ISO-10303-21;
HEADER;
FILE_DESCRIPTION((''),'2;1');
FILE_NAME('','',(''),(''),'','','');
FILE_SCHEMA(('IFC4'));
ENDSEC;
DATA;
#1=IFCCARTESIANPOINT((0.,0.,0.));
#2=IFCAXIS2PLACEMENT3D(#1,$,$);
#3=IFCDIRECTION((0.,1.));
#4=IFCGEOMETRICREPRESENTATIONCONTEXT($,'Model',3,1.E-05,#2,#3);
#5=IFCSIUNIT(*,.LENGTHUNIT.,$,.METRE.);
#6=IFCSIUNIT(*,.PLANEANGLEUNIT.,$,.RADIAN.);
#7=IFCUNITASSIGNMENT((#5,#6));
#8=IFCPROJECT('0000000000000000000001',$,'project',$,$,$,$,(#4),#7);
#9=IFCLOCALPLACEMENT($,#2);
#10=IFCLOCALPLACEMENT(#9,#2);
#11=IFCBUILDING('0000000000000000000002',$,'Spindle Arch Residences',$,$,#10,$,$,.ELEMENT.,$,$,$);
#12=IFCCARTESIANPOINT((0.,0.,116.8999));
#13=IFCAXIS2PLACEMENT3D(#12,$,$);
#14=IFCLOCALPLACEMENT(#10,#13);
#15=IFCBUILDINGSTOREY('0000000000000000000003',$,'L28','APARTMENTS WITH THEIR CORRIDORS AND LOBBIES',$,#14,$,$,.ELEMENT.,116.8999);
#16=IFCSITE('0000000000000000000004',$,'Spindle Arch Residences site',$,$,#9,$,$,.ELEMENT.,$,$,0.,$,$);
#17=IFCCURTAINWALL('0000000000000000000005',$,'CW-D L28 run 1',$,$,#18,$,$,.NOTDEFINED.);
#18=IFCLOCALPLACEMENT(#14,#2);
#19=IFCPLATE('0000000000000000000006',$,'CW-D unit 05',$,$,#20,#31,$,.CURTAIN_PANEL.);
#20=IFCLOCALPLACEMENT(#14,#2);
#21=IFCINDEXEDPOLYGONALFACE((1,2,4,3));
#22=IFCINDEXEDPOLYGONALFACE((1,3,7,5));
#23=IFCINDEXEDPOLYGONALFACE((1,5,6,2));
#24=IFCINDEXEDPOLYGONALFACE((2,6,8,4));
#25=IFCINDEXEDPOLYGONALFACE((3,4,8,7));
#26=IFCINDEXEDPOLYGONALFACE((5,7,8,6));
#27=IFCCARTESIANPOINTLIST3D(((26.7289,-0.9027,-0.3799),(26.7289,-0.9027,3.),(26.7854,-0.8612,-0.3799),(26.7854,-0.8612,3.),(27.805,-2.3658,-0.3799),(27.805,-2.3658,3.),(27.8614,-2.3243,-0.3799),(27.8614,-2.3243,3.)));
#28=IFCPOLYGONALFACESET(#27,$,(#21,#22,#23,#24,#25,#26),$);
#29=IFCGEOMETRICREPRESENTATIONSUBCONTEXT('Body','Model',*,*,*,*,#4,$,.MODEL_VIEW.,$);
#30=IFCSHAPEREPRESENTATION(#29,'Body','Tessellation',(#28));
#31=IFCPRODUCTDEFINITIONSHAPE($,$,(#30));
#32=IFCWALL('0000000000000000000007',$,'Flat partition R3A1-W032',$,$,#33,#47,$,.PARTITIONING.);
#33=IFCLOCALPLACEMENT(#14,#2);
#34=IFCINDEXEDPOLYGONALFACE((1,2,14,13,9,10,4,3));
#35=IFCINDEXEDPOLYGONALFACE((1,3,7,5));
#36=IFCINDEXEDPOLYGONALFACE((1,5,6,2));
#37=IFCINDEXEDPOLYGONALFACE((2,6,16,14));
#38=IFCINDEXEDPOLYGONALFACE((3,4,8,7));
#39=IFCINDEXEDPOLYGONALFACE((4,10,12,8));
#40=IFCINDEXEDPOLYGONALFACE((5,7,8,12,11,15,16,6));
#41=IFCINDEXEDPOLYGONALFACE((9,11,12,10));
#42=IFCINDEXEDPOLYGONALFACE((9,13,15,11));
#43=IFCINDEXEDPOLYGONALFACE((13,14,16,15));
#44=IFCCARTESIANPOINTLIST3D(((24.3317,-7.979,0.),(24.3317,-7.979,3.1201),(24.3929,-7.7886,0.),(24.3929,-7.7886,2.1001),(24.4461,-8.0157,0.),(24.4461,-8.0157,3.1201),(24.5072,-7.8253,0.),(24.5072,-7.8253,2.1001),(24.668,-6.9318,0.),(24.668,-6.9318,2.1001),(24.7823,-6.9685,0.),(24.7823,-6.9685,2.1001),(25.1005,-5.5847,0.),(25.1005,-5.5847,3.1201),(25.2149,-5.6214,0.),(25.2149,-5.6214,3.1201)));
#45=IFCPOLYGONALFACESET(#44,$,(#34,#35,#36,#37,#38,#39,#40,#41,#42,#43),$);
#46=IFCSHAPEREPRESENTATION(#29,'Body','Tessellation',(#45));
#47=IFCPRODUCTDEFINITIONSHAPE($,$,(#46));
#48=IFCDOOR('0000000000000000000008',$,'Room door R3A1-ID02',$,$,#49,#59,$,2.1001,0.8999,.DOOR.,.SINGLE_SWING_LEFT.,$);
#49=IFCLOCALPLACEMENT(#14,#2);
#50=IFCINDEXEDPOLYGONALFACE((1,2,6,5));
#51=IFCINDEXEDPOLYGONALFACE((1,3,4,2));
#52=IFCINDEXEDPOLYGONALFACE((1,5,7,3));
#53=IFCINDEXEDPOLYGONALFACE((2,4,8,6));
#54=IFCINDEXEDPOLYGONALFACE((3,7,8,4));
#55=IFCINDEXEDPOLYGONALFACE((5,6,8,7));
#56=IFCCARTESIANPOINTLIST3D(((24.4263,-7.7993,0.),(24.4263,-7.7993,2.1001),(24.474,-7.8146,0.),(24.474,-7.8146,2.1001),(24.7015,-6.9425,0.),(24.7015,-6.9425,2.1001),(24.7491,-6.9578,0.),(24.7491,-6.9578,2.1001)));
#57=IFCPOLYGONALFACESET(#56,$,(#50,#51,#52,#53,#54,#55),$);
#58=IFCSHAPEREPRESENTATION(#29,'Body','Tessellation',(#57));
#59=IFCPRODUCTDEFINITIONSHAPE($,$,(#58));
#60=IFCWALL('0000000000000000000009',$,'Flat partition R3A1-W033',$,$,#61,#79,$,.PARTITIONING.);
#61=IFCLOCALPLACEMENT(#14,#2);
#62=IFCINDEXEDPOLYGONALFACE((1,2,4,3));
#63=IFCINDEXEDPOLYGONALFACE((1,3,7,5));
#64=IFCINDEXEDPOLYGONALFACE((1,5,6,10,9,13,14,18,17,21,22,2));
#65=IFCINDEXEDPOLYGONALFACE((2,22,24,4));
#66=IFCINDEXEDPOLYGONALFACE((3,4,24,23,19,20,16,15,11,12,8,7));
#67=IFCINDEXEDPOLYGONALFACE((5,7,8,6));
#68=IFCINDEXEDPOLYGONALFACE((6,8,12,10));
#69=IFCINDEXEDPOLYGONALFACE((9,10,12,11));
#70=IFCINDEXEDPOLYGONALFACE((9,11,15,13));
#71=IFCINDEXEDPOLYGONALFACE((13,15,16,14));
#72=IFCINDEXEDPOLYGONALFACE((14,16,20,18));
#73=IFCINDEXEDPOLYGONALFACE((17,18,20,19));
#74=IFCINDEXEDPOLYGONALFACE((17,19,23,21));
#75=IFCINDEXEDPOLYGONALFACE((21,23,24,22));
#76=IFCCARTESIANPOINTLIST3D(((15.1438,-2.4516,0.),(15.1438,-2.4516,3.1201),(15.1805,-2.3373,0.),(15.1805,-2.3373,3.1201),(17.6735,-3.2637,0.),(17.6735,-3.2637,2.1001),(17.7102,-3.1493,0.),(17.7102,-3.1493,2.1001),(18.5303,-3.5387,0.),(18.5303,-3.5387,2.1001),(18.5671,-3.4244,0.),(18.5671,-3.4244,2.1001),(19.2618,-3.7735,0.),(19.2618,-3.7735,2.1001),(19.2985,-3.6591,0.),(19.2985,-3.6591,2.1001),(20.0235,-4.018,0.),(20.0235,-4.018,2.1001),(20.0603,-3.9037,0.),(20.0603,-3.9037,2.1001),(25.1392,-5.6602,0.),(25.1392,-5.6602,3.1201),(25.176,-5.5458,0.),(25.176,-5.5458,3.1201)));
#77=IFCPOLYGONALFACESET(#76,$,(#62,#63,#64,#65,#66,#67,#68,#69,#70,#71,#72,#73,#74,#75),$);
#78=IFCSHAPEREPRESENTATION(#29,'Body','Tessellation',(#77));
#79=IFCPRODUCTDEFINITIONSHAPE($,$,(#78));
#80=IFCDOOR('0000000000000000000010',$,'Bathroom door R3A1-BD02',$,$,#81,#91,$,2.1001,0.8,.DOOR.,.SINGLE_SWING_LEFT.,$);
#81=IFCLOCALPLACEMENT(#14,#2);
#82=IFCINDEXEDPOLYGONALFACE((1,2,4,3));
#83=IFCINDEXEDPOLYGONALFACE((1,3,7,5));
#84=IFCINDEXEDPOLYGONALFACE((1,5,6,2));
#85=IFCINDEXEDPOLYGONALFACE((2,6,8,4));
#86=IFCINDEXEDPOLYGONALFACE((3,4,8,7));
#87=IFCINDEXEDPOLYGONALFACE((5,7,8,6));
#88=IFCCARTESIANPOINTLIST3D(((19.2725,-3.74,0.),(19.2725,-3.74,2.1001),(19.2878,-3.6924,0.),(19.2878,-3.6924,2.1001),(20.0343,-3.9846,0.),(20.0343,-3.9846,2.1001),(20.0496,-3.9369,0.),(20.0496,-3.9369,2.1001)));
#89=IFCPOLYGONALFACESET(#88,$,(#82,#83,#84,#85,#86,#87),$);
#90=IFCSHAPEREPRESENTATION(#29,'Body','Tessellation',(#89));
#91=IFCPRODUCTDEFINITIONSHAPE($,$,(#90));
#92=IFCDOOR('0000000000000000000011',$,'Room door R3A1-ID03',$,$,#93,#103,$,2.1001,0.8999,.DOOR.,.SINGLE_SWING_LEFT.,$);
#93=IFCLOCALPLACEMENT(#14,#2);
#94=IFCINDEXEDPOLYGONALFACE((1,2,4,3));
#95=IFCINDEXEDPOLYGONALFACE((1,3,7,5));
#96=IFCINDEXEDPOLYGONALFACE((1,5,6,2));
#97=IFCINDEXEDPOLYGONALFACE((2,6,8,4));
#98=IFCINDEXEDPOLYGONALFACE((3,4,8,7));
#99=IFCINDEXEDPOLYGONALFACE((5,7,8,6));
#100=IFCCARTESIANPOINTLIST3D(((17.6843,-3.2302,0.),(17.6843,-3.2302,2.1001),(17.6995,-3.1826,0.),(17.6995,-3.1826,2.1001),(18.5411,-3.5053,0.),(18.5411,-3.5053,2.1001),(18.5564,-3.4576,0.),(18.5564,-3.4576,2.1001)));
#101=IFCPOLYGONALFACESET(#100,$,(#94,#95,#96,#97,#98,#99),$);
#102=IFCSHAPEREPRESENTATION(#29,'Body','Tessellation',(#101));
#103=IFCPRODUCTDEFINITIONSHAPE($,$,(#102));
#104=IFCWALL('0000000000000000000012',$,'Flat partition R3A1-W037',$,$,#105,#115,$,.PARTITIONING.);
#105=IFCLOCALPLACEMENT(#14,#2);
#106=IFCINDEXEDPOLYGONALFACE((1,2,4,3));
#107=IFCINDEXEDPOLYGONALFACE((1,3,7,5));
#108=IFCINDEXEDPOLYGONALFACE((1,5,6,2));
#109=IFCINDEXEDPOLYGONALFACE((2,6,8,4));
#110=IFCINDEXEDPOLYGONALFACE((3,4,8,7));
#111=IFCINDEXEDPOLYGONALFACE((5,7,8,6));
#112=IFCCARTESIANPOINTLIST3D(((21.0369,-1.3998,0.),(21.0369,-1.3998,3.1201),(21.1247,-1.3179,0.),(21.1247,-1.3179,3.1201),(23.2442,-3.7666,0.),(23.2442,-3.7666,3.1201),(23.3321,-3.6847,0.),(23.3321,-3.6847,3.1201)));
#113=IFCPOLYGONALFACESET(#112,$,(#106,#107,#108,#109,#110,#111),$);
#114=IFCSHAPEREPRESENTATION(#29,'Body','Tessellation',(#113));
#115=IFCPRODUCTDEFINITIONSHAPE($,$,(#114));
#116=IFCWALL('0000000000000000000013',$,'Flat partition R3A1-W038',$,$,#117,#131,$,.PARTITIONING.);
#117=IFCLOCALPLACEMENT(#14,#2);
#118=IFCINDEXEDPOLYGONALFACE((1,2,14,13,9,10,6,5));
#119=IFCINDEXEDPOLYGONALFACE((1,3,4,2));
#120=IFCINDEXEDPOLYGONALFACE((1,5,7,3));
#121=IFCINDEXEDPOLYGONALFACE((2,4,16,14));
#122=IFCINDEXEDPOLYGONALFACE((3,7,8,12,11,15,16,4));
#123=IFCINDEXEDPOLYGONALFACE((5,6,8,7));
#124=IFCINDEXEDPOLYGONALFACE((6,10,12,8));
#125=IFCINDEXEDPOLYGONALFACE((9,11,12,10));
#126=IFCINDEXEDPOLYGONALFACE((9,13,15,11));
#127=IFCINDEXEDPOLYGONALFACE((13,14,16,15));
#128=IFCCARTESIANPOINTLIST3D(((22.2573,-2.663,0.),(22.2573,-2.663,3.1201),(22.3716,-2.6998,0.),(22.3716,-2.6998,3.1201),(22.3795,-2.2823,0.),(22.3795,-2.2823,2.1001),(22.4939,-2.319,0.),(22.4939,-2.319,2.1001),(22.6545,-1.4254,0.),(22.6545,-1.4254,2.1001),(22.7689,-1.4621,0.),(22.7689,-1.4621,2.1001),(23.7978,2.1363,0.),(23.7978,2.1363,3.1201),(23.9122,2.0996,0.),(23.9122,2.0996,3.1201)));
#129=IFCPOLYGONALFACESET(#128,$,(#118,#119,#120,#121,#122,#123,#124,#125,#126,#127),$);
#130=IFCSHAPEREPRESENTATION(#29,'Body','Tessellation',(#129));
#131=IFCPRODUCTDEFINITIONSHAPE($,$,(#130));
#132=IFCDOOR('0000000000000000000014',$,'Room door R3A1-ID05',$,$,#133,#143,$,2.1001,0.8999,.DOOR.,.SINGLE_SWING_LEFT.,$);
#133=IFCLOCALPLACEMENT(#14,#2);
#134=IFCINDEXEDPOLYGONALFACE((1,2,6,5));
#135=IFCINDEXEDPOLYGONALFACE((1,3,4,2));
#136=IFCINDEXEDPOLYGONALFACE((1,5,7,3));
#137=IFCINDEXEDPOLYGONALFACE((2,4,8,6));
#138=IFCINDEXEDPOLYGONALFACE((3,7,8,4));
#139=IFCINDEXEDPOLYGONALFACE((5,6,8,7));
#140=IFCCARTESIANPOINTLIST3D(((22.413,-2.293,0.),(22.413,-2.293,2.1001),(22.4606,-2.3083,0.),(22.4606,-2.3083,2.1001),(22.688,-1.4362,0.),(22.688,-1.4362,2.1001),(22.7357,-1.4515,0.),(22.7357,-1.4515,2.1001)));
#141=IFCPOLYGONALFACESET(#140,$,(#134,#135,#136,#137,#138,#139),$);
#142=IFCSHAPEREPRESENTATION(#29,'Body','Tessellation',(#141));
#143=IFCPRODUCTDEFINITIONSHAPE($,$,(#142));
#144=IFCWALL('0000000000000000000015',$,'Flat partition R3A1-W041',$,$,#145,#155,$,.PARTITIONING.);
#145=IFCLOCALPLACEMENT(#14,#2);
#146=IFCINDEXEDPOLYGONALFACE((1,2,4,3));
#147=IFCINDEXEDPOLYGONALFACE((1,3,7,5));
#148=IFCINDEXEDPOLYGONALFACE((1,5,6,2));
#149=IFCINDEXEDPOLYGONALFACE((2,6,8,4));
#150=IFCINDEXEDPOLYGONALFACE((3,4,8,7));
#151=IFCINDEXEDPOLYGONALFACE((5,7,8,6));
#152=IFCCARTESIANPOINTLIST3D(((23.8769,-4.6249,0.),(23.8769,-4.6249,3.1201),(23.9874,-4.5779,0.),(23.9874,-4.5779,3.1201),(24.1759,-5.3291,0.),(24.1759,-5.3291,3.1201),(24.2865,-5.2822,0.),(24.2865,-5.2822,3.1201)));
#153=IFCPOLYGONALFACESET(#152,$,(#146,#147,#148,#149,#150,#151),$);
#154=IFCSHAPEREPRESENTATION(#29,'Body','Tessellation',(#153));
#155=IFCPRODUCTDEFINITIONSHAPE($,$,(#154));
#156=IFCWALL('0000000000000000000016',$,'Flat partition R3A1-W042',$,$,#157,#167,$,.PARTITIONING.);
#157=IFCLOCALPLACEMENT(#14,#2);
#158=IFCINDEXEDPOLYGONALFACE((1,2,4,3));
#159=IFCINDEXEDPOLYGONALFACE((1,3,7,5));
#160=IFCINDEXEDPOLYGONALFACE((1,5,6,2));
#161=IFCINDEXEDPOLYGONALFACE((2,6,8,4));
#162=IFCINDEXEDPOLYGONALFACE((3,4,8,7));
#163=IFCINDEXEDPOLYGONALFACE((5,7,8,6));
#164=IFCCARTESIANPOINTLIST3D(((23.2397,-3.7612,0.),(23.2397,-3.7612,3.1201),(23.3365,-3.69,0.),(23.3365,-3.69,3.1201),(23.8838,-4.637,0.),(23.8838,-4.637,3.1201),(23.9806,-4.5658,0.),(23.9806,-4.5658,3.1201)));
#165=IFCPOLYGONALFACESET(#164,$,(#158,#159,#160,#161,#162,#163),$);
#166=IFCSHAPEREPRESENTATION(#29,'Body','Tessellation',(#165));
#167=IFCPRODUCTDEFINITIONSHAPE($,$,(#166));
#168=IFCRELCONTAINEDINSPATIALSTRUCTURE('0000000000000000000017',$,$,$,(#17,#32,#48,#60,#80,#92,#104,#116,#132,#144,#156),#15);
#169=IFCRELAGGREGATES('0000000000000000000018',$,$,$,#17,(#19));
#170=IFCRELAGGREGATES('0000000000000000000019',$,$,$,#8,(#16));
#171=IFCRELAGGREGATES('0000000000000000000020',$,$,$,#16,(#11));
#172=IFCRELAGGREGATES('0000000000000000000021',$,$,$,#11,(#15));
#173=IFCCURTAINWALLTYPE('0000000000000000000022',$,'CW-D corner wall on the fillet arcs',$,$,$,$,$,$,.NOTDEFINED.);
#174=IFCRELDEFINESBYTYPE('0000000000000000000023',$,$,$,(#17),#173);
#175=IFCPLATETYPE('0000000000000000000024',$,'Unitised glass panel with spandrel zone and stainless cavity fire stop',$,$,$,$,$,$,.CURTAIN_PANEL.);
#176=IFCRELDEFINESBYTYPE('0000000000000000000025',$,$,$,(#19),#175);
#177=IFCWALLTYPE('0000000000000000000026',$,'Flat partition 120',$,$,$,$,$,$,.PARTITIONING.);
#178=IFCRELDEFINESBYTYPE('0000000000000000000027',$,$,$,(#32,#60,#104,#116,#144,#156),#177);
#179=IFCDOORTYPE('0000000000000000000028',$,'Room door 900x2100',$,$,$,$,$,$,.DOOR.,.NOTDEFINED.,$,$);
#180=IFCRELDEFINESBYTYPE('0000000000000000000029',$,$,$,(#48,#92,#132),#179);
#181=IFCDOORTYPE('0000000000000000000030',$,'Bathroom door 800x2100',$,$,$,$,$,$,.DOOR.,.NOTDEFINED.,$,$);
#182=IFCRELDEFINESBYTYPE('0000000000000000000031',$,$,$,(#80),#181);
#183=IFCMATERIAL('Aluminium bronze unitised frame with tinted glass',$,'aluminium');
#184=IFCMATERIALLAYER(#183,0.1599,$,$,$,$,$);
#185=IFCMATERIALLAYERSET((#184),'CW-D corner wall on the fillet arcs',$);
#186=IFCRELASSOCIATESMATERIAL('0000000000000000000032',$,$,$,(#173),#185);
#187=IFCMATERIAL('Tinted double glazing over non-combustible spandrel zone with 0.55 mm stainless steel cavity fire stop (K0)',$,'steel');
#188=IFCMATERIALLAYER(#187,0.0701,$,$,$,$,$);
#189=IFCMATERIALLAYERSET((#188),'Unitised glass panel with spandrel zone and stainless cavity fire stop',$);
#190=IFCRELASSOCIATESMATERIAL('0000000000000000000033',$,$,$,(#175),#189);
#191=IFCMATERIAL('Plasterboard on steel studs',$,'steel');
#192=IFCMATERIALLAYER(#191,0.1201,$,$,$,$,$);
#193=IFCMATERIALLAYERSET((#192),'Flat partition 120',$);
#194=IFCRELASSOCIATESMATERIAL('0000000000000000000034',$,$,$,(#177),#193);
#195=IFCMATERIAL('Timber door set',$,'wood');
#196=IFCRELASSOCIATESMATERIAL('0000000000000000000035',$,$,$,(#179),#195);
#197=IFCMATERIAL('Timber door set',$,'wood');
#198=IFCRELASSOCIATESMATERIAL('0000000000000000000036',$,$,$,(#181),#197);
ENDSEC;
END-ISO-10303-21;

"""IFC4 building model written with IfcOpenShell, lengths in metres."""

from ifc_helpers import new_model, si_unit, direction, frame, frame_2d, origin, origin_2d, place, context, subcontext, project, spatial, rectangle, extrude, material, layer, layer_set, type_object, element, fill, aggregate, save


model = new_model("IFC4")

# Units and contexts
model_context = context("Model", 3, precision=1e-05, world=origin(), true_north=direction((0.0, 1.0)))
body_context = subcontext(model_context, "Body", "Model", "MODEL_VIEW")
ifc_project = project(units=[si_unit("LENGTHUNIT", "METRE"), si_unit("PLANEANGLEUNIT", "RADIAN")], contexts=[model_context])

# Site, building, storey
site_placement = place(None, origin())
site = spatial("IfcSite", under=ifc_project, at=site_placement, Name="Spindle Arch Residences site", CompositionType="ELEMENT", RefElevation=0.0)
building_placement = place(site_placement, origin())
building = spatial("IfcBuilding", under=site, at=building_placement, Name="Spindle Arch Residences", CompositionType="ELEMENT")
storey_placement = place(building_placement, frame((0.0, 0.0, 116.8999)))
storey = spatial("IfcBuildingStorey", under=building, at=storey_placement, Name="L28", Description="APARTMENTS WITH THEIR CORRIDORS AND LOBBIES", CompositionType="ELEMENT", Elevation=116.8999)

# Curtain wall
ifc_material_1 = material(Name="Aluminium bronze unitised frame with tinted glass", Category="aluminium")
ifc_layer_1 = layer(ifc_material_1, 0.1599)
ifc_layer_set_1 = layer_set([ifc_layer_1], Name="CW-D corner wall on the fillet arcs")
curtain_wall_type = type_object("IfcCurtainWallType", Name="CW-D corner wall on the fillet arcs", PredefinedType="NOTDEFINED", material=ifc_layer_set_1)
curtain_wall_placement = place(storey_placement, origin())
curtain_wall = element("IfcCurtainWall", 1, at=curtain_wall_placement, inside=storey, type_object=curtain_wall_type, Name="CW-D L28 run 1", PredefinedType="NOTDEFINED")

# Plate
ifc_material_2 = material(Name="Tinted double glazing over non-combustible spandrel zone with 0.55 mm stainless steel cavity fire stop (K0)", Category="steel")
ifc_layer_2 = layer(ifc_material_2, 0.0701)
ifc_layer_set_2 = layer_set([ifc_layer_2], Name="Unitised glass panel with spandrel zone and stainless cavity fire stop")
plate_type = type_object("IfcPlateType", Name="Unitised glass panel with spandrel zone and stainless cavity fire stop", PredefinedType="CURTAIN_PANEL", material=ifc_layer_set_2)
plate_1_placement = place(storey_placement, frame((27.2952, -1.6135, -0.3799), z_axis=(0.0, 0.0, 1.0), x_axis=(-0.592482, 0.805584, 0.0)))
plate_1 = element("IfcPlate", 2, at=plate_1_placement, type_object=plate_type, Name="CW-D unit 05", PredefinedType="CURTAIN_PANEL", context=body_context, shape_type="SweptSolid", body=[
    extrude(rectangle(XDim=1.8162, YDim=0.0701, at=origin_2d()), origin(), (0.0, 0.0, 1.0), 3.3799),
])
aggregate(curtain_wall, [plate_1])

# Wall, opening, door
ifc_material_3 = material(Name="Plasterboard on steel studs", Category="steel")
ifc_layer_3 = layer(ifc_material_3, 0.1201)
ifc_layer_set_3 = layer_set([ifc_layer_3], Name="Flat partition 120")
wall_type_1 = type_object("IfcWallType", Name="Flat partition 120", PredefinedType="PARTITIONING", material=ifc_layer_set_3)
wall_1_placement = place(storey_placement, frame((24.3889, -7.9973, 0.0), z_axis=(0.0, 0.0, 1.0), x_axis=(0.305723, 0.95212, 0.0)))
wall_1 = element("IfcWall", 3, at=wall_1_placement, inside=storey, type_object=wall_type_1, Name="Flat partition R3A1-W032", PredefinedType="PARTITIONING", context=body_context, shape_type="SweptSolid", body=[
    extrude(rectangle(XDim=2.5146, YDim=0.1201, at=frame_2d((1.2573, 0.0))), origin(), (0.0, 0.0, 1.0), 3.1201),
])
opening_1_placement = place(wall_1_placement, frame((0.2, 0.0, 0.0)))
opening_1 = element("IfcOpeningElement", 4, at=opening_1_placement, cuts=wall_1, PredefinedType="OPENING", context=body_context, shape_type="SweptSolid", body=[
    extrude(rectangle(XDim=0.8999, YDim=2.1001, at=frame_2d((0.45, 1.05))), frame((0.0, 0.0701, 0.0), z_axis=(0.0, -1.0, 0.0), x_axis=(1.0, 0.0, 0.0)), (0.0, 0.0, 1.0), 0.1401),
])
ifc_material_4 = material(Name="Timber door set", Category="wood")
door_type_1 = type_object("IfcDoorType", Name="Room door 900x2100", OperationType="NOTDEFINED", PredefinedType="DOOR", material=ifc_material_4)
door_1_placement = place(opening_1_placement, origin())
door_1 = element("IfcDoor", 5, at=door_1_placement, inside=storey, type_object=door_type_1, Name="Room door R3A1-ID02", OperationType="SINGLE_SWING_LEFT", OverallHeight=2.1001, OverallWidth=0.8999, PredefinedType="DOOR", context=body_context, shape_type="SweptSolid", body=[
    extrude(rectangle(XDim=0.8999, YDim=2.1001, at=frame_2d((0.45, 1.05))), frame((0.0, 0.0249, 0.0), z_axis=(0.0, -1.0, 0.0), x_axis=(1.0, 0.0, 0.0)), (0.0, 0.0, 1.0), 0.05),
])
fill(opening_1, door_1)

# Wall, openings, doors
wall_2_placement = place(storey_placement, frame((25.1577, -5.603, 0.0), z_axis=(0.0, 0.0, 1.0), x_axis=(-0.952148, 0.305638, 0.0)))
wall_2 = element("IfcWall", 6, at=wall_2_placement, inside=storey, type_object=wall_type_1, Name="Flat partition R3A1-W033", PredefinedType="PARTITIONING", context=body_context, shape_type="SweptSolid", body=[
    extrude(rectangle(XDim=10.4978, YDim=0.1201, at=frame_2d((5.249, 0.0))), origin(), (0.0, 0.0, 1.0), 3.1201),
])
opening_2_placement = place(wall_2_placement, frame((5.373, 0.0, 0.0)))
opening_2 = element("IfcOpeningElement", 7, at=opening_2_placement, cuts=wall_2, PredefinedType="OPENING", context=body_context, shape_type="SweptSolid", body=[
    extrude(rectangle(XDim=0.8, YDim=2.1001, at=frame_2d((0.3999, 1.05))), frame((0.0, 0.0701, 0.0), z_axis=(0.0, -1.0, 0.0), x_axis=(1.0, 0.0, 0.0)), (0.0, 0.0, 1.0), 0.1401),
])
opening_3_placement = place(wall_2_placement, frame((6.9412, 0.0, 0.0)))
opening_3 = element("IfcOpeningElement", 8, at=opening_3_placement, cuts=wall_2, PredefinedType="OPENING", context=body_context, shape_type="SweptSolid", body=[
    extrude(rectangle(XDim=0.8999, YDim=2.1001, at=frame_2d((0.45, 1.05))), frame((0.0, 0.0701, 0.0), z_axis=(0.0, -1.0, 0.0), x_axis=(1.0, 0.0, 0.0)), (0.0, 0.0, 1.0), 0.1401),
])
ifc_material_5 = material(Name="Timber door set", Category="wood")
door_type_2 = type_object("IfcDoorType", Name="Bathroom door 800x2100", OperationType="NOTDEFINED", PredefinedType="DOOR", material=ifc_material_5)
door_2_placement = place(opening_2_placement, origin())
door_2 = element("IfcDoor", 9, at=door_2_placement, inside=storey, type_object=door_type_2, Name="Bathroom door R3A1-BD02", OperationType="SINGLE_SWING_LEFT", OverallHeight=2.1001, OverallWidth=0.8, PredefinedType="DOOR", context=body_context, shape_type="SweptSolid", body=[
    extrude(rectangle(XDim=0.8, YDim=2.1001, at=frame_2d((0.3999, 1.05))), frame((0.0, 0.0249, 0.0), z_axis=(0.0, -1.0, 0.0), x_axis=(1.0, 0.0, 0.0)), (0.0, 0.0, 1.0), 0.05),
])
fill(opening_2, door_2)
door_3_placement = place(opening_3_placement, origin())
door_3 = element("IfcDoor", 10, at=door_3_placement, inside=storey, type_object=door_type_1, Name="Room door R3A1-ID03", OperationType="SINGLE_SWING_LEFT", OverallHeight=2.1001, OverallWidth=0.8999, PredefinedType="DOOR", context=body_context, shape_type="SweptSolid", body=[
    extrude(rectangle(XDim=0.8999, YDim=2.1001, at=frame_2d((0.45, 1.05))), frame((0.0, 0.0249, 0.0), z_axis=(0.0, -1.0, 0.0), x_axis=(1.0, 0.0, 0.0)), (0.0, 0.0, 1.0), 0.05),
])
fill(opening_3, door_3)

# Wall
wall_3_placement = place(storey_placement, frame((21.0808, -1.3589, 0.0), z_axis=(0.0, 0.0, 1.0), x_axis=(0.682047, -0.731309, 0.0)))
element("IfcWall", 11, at=wall_3_placement, inside=storey, type_object=wall_type_1, Name="Flat partition R3A1-W037", PredefinedType="PARTITIONING", context=body_context, shape_type="SweptSolid", body=[
    extrude(rectangle(XDim=3.2363, YDim=0.1201, at=frame_2d((1.6182, 0.0))), origin(), (0.0, 0.0, 1.0), 3.1201),
])

# Wall, opening, door
wall_4_placement = place(storey_placement, frame((22.3145, -2.6814, 0.0), z_axis=(0.0, 0.0, 1.0), x_axis=(0.30563, 0.95215, 0.0)))
wall_4 = element("IfcWall", 12, at=wall_4_placement, inside=storey, type_object=wall_type_1, Name="Flat partition R3A1-W038", PredefinedType="PARTITIONING", context=body_context, shape_type="SweptSolid", body=[
    extrude(rectangle(XDim=5.0405, YDim=0.1201, at=frame_2d((2.5203, 0.0))), origin(), (0.0, 0.0, 1.0), 3.1201),
])
opening_4_placement = place(wall_4_placement, frame((0.3999, 0.0, 0.0)))
opening_4 = element("IfcOpeningElement", 13, at=opening_4_placement, cuts=wall_4, PredefinedType="OPENING", context=body_context, shape_type="SweptSolid", body=[
    extrude(rectangle(XDim=0.8999, YDim=2.1001, at=frame_2d((0.45, 1.05))), frame((0.0, 0.0701, 0.0), z_axis=(0.0, -1.0, 0.0), x_axis=(1.0, 0.0, 0.0)), (0.0, 0.0, 1.0), 0.1401),
])
door_4_placement = place(opening_4_placement, origin())
door_4 = element("IfcDoor", 14, at=door_4_placement, inside=storey, type_object=door_type_1, Name="Room door R3A1-ID05", OperationType="SINGLE_SWING_LEFT", OverallHeight=2.1001, OverallWidth=0.8999, PredefinedType="DOOR", context=body_context, shape_type="SweptSolid", body=[
    extrude(rectangle(XDim=0.8999, YDim=2.1001, at=frame_2d((0.45, 1.05))), frame((0.0, 0.0249, 0.0), z_axis=(0.0, -1.0, 0.0), x_axis=(1.0, 0.0, 0.0)), (0.0, 0.0, 1.0), 0.05),
])
fill(opening_4, door_4)

# Walls
wall_5_placement = place(storey_placement, frame((24.2312, -5.3057, 0.0), z_axis=(0.0, 0.0, 1.0), x_axis=(-0.390837, 0.92046, 0.0)))
element("IfcWall", 15, at=wall_5_placement, inside=storey, type_object=wall_type_1, Name="Flat partition R3A1-W041", PredefinedType="PARTITIONING", context=body_context, shape_type="SweptSolid", body=[
    extrude(rectangle(XDim=0.7651, YDim=0.1201, at=frame_2d((0.3826, 0.0))), origin(), (0.0, 0.0, 1.0), 3.1201),
])
wall_6_placement = place(storey_placement, frame((23.9321, -4.6013, 0.0), z_axis=(0.0, 0.0, 1.0), x_axis=(-0.592463, 0.805597, 0.0)))
element("IfcWall", 16, at=wall_6_placement, inside=storey, type_object=wall_type_1, Name="Flat partition R3A1-W042", PredefinedType="PARTITIONING", context=body_context, shape_type="SweptSolid", body=[
    extrude(rectangle(XDim=1.0872, YDim=0.1201, at=frame_2d((0.5435, 0.0))), origin(), (0.0, 0.0, 1.0), 3.1201),
])

save(model, "model.ifc")
